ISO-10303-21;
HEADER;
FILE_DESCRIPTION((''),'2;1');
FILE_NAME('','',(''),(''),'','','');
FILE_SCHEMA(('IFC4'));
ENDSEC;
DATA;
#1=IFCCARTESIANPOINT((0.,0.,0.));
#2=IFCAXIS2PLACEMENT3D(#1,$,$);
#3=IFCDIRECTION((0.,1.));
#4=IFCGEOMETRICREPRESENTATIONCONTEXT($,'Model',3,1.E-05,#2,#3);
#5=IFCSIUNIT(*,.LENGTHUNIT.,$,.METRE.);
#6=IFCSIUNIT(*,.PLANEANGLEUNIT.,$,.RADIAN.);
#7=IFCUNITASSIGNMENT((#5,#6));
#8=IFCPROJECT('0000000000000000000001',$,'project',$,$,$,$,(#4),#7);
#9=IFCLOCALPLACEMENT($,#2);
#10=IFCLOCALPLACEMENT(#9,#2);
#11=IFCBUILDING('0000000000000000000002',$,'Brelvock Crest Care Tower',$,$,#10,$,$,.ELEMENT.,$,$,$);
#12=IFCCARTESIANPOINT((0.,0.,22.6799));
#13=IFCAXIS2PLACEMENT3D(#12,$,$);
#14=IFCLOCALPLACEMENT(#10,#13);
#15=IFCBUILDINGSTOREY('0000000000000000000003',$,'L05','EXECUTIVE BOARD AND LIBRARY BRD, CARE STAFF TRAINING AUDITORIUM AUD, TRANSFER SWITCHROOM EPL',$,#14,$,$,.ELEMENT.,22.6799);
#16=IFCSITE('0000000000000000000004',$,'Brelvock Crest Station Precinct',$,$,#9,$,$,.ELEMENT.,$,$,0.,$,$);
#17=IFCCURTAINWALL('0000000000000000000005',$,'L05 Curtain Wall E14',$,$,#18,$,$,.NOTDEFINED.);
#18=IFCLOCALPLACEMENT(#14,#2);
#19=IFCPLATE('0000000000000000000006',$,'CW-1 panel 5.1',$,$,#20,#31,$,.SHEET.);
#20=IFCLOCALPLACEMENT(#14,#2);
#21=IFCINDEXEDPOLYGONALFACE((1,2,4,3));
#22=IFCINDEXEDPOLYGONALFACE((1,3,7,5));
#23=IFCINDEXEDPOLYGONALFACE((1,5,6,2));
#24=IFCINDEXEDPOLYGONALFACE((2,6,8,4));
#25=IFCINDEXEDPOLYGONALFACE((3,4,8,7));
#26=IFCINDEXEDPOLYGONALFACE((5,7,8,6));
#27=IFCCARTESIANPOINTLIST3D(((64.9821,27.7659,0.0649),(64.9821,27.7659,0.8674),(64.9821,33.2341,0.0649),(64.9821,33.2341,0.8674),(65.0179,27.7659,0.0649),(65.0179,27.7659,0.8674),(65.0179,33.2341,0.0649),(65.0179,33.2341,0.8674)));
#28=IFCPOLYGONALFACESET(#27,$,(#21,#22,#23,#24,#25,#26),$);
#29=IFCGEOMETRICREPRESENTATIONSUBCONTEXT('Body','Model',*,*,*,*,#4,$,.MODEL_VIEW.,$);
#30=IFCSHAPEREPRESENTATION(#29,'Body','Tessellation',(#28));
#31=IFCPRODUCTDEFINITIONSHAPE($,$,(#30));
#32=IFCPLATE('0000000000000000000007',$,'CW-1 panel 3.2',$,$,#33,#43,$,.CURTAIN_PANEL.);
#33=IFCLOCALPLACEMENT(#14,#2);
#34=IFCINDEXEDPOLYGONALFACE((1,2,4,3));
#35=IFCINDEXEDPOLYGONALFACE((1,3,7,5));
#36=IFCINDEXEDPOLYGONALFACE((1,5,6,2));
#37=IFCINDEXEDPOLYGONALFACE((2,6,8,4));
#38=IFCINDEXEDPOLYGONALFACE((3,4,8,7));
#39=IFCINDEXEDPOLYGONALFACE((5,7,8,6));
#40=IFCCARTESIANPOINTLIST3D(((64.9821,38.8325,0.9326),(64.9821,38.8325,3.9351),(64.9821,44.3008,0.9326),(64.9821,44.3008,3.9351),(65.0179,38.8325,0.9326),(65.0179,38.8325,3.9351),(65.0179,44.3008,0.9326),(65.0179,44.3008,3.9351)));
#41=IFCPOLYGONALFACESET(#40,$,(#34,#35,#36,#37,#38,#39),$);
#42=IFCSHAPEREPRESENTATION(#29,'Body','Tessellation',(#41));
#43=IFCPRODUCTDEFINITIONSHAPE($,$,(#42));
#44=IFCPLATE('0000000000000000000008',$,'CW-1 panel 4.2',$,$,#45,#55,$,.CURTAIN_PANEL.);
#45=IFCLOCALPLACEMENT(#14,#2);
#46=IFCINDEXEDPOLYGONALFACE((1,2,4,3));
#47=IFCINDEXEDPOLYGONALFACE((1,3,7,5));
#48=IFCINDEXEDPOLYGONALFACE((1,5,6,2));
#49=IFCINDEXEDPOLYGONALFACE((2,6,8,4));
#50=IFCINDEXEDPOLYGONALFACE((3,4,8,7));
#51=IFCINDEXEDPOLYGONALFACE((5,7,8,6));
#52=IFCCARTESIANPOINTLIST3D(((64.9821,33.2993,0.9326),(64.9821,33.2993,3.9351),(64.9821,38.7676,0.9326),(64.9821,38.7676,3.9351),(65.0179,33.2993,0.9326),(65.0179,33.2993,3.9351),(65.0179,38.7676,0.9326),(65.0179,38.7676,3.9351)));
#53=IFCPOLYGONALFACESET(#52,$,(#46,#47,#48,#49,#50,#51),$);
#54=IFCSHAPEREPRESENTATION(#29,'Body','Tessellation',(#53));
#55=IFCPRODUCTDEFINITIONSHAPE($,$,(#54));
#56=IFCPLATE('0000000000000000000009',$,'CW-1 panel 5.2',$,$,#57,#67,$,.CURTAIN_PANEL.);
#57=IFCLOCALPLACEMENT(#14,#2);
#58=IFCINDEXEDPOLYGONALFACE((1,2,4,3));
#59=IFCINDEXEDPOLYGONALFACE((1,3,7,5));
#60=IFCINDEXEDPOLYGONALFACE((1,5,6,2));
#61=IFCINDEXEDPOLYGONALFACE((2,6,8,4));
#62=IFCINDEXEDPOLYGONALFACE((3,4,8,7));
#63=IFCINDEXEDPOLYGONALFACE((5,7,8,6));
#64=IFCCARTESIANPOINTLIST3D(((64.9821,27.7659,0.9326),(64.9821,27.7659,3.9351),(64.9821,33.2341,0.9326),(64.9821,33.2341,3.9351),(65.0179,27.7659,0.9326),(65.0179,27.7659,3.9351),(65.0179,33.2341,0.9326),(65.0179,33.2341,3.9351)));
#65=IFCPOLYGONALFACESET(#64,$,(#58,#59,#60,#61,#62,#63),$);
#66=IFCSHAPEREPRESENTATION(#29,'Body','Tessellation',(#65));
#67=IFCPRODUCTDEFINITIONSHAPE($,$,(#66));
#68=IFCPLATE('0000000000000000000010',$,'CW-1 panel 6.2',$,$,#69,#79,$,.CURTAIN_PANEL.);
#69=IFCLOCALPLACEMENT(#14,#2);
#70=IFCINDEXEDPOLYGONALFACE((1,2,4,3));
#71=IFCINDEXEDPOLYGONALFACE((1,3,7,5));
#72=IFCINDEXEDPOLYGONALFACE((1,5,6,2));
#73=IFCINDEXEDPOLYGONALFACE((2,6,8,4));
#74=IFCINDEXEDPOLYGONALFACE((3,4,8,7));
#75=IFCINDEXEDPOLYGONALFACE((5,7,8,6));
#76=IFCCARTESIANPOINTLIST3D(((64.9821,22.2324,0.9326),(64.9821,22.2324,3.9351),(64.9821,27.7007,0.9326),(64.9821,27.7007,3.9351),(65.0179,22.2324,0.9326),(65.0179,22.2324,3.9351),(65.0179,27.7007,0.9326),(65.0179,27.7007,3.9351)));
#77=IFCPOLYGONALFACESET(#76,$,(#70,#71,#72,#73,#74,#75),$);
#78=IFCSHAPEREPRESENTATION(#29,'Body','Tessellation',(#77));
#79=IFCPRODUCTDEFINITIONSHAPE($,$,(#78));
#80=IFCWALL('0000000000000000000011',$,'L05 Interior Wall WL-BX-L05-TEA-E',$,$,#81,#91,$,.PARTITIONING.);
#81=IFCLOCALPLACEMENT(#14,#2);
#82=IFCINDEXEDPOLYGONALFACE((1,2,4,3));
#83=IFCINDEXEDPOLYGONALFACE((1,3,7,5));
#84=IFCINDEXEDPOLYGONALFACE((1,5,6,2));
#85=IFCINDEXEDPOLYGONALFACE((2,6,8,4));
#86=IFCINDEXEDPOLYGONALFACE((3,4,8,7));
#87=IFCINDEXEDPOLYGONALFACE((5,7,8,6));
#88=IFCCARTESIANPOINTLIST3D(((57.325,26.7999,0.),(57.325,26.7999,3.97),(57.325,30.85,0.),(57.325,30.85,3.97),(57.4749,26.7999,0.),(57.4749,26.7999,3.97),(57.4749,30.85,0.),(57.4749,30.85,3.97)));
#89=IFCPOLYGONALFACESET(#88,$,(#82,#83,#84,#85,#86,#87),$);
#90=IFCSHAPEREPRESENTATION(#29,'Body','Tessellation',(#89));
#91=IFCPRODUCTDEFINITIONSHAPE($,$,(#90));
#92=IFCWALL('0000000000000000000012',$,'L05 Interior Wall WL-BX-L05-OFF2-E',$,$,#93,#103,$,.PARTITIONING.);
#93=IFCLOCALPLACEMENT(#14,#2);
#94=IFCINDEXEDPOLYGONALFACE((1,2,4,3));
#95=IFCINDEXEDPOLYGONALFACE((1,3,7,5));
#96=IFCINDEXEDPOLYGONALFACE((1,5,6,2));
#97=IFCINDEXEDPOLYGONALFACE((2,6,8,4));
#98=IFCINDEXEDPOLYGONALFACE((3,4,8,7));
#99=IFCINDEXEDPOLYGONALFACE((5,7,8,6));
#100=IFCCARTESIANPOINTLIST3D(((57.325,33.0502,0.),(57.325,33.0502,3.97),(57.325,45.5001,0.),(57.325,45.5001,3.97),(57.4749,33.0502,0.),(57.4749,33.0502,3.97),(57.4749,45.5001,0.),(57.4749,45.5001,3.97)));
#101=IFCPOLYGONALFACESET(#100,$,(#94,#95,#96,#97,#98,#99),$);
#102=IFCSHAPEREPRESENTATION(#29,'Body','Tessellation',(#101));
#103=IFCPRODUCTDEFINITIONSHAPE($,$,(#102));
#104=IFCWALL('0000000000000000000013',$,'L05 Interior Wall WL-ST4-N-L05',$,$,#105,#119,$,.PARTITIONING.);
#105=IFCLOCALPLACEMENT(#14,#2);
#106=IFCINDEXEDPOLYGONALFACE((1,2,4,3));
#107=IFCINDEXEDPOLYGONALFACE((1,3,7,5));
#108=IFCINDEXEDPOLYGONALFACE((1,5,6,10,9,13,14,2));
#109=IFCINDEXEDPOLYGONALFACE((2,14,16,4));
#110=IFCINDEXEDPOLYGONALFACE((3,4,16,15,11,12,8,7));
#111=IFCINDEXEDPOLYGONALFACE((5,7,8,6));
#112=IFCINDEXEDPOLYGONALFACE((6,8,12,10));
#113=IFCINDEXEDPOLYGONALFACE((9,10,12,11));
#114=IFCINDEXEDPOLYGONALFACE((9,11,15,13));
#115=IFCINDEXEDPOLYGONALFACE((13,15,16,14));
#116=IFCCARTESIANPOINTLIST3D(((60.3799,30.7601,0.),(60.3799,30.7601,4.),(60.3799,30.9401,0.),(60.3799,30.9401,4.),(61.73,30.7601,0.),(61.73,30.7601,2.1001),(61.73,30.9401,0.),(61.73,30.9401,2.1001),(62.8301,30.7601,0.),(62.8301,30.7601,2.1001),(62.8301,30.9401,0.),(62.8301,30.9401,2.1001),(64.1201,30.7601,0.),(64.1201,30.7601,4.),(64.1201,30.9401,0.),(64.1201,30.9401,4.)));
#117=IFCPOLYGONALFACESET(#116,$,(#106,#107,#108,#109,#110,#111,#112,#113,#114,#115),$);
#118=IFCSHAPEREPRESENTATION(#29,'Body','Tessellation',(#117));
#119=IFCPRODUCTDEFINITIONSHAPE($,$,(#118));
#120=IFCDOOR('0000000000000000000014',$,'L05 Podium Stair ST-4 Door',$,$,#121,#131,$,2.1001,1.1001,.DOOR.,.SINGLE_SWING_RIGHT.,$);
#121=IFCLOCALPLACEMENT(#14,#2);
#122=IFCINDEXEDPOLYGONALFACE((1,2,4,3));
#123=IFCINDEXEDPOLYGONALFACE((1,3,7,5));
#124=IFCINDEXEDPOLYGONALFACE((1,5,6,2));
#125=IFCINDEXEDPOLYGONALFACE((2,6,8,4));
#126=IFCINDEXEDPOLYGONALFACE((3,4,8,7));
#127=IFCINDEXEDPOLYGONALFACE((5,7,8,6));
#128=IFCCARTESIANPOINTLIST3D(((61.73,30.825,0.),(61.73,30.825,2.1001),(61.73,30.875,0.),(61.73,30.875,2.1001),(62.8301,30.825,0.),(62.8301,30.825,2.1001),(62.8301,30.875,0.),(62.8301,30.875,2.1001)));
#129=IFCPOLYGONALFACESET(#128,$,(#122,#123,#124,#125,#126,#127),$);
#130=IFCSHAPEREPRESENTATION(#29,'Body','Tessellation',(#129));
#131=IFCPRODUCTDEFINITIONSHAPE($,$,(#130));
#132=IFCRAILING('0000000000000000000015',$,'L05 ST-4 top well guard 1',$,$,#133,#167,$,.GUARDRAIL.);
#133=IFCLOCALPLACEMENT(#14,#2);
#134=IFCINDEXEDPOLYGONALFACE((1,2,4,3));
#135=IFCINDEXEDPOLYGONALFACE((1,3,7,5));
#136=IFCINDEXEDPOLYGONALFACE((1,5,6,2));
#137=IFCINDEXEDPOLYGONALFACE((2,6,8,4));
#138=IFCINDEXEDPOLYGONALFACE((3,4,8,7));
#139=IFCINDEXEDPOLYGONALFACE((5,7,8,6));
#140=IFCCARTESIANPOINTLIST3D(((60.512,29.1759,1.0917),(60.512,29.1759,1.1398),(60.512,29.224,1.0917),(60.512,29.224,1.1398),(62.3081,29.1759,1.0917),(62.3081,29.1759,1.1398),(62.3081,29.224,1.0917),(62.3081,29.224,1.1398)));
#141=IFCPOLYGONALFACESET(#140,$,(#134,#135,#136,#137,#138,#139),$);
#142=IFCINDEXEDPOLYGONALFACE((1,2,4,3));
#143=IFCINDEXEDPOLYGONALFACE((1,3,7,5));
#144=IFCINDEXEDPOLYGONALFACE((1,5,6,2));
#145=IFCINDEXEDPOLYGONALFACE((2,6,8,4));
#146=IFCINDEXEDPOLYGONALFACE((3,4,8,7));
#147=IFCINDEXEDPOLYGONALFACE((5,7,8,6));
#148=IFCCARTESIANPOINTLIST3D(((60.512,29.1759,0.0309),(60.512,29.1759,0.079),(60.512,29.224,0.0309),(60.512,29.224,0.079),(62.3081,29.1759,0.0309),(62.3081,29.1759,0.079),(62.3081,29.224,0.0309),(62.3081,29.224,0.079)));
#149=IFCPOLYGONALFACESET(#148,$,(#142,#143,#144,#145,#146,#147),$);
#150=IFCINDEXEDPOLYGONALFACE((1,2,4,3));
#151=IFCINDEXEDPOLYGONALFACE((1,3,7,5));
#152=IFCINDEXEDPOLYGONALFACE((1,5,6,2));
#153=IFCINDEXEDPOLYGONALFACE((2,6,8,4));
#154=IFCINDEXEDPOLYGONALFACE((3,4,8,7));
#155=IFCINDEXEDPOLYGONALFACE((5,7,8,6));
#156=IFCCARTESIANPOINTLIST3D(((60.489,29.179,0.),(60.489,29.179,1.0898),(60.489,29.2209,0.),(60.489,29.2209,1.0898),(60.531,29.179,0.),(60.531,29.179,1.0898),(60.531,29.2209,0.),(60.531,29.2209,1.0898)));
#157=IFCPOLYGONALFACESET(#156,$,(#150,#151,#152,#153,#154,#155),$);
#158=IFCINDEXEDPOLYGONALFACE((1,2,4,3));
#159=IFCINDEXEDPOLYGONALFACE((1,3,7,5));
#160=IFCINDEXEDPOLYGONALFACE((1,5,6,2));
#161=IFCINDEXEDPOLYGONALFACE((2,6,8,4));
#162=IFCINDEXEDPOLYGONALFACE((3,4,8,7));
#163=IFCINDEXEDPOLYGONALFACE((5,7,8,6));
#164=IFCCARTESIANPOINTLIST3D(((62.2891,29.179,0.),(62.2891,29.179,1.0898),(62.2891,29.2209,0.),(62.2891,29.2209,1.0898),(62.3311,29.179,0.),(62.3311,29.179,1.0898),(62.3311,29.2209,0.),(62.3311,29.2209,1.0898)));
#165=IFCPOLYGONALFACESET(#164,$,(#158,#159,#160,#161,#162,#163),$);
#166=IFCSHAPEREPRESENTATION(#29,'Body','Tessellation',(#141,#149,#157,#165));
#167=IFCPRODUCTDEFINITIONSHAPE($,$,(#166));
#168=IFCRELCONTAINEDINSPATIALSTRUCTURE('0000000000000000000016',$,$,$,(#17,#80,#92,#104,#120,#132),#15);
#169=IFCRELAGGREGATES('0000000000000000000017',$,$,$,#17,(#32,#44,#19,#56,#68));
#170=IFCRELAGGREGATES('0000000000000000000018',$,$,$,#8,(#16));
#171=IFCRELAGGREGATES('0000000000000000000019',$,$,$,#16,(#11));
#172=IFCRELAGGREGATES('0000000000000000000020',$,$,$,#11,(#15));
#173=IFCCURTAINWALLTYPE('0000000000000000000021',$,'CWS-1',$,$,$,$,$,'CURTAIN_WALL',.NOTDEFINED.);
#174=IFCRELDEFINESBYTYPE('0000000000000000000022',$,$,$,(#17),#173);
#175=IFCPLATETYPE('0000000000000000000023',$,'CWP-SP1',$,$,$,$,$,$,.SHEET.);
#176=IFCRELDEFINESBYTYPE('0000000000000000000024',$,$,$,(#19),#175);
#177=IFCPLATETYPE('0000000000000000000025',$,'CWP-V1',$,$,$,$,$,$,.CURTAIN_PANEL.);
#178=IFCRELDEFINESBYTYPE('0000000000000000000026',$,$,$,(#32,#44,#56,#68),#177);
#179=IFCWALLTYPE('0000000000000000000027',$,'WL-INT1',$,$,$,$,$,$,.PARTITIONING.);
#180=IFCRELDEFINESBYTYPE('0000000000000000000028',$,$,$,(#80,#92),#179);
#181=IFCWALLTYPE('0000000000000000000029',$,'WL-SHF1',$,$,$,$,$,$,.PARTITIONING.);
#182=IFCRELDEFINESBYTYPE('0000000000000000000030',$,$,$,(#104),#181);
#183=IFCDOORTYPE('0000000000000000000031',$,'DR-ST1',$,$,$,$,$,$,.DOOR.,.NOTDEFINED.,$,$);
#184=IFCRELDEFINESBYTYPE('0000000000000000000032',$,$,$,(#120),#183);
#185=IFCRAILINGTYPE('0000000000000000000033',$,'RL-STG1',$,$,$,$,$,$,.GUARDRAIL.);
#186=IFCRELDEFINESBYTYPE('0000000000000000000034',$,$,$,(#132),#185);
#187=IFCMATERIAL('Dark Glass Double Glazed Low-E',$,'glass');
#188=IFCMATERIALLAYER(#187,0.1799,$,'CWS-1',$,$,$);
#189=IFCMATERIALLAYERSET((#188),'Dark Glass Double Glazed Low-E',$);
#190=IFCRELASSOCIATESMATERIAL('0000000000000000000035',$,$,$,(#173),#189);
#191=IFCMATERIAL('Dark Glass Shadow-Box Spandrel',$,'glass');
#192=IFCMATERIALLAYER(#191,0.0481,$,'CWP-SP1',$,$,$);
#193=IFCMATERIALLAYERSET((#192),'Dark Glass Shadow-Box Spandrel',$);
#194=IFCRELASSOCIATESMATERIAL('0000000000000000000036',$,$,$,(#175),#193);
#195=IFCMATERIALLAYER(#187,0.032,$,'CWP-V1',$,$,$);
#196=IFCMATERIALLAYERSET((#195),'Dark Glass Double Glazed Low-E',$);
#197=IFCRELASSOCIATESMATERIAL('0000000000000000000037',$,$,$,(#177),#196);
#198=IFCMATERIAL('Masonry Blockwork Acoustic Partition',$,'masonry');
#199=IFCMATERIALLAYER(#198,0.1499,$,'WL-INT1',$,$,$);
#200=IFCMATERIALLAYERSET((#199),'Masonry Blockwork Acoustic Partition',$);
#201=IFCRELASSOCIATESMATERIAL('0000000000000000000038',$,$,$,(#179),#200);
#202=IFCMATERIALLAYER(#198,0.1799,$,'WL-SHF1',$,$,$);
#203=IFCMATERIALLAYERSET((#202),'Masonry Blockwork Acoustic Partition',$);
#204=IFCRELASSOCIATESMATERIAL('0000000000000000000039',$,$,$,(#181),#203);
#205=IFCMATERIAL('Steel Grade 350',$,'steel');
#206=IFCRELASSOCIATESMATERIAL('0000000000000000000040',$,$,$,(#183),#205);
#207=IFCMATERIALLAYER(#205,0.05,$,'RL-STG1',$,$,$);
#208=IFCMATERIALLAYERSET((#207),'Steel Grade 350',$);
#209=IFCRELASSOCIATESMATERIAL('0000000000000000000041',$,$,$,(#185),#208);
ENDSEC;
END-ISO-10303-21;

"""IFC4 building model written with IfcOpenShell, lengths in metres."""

from ifc_helpers import new_model, si_unit, direction, frame, frame_2d, origin, origin_2d, place, context, subcontext, project, spatial, rectangle, extrude, source, transform, mapped, material, layer, layer_set, type_object, element, fill, aggregate, save


model = new_model("IFC4")

# Units and contexts
model_context = context("Model", 3, precision=1e-05, world=origin(), true_north=direction((0.0, 1.0)))
body_context = subcontext(model_context, "Body", "Model", "MODEL_VIEW")
ifc_project = project(units=[si_unit("LENGTHUNIT", "METRE"), si_unit("PLANEANGLEUNIT", "RADIAN")], contexts=[model_context])

# Site, building, storey
site_placement = place(None, origin())
site = spatial("IfcSite", under=ifc_project, at=site_placement, Name="Brelvock Crest Station Precinct", CompositionType="ELEMENT", RefElevation=0.0)
building_placement = place(site_placement, origin())
building = spatial("IfcBuilding", under=site, at=building_placement, Name="Brelvock Crest Care Tower", CompositionType="ELEMENT")
storey_placement = place(building_placement, frame((0.0, 0.0, 22.6799)))
storey = spatial("IfcBuildingStorey", under=building, at=storey_placement, Name="L05", Description="EXECUTIVE BOARD AND LIBRARY BRD, CARE STAFF TRAINING AUDITORIUM AUD, TRANSFER SWITCHROOM EPL", CompositionType="ELEMENT", Elevation=22.6799)

# Shared definitions
ifc_material_1 = material(Name="Steel Grade 350", Category="steel")

# Curtain wall
ifc_material_2 = material(Name="Dark Glass Double Glazed Low-E", Category="glass")
ifc_layer_1 = layer(ifc_material_2, 0.1799, Name="CWS-1")
ifc_layer_set_1 = layer_set([ifc_layer_1], Name="Dark Glass Double Glazed Low-E")
curtain_wall_type = type_object("IfcCurtainWallType", Name="CWS-1", ElementType="CURTAIN_WALL", PredefinedType="NOTDEFINED", material=ifc_layer_set_1)
curtain_wall_placement = place(storey_placement, origin())
curtain_wall = element("IfcCurtainWall", 1, at=curtain_wall_placement, inside=storey, type_object=curtain_wall_type, Name="L05 Curtain Wall E14", PredefinedType="NOTDEFINED")

# Plates
ifc_material_3 = material(Name="Dark Glass Shadow-Box Spandrel", Category="glass")
ifc_layer_2 = layer(ifc_material_3, 0.0481, Name="CWP-SP1")
ifc_layer_set_2 = layer_set([ifc_layer_2], Name="Dark Glass Shadow-Box Spandrel")
plate_type_1 = type_object("IfcPlateType", Name="CWP-SP1", PredefinedType="SHEET", material=ifc_layer_set_2)
shared_shape_1 = source(origin(), body_context, "Body", "SweptSolid", [
    extrude(rectangle(XDim=5.4683, YDim=0.0359, at=origin_2d()), origin(), (0.0, 0.0, 1.0), 0.8025),
])
plate_1_placement = place(storey_placement, frame((65.0, 30.5, 0.0649), z_axis=(0.0, 0.0, 1.0), x_axis=(0.0, -1.0, 0.0)))
plate_1 = element("IfcPlate", 2, at=plate_1_placement, type_object=plate_type_1, Name="CW-1 panel 5.1", PredefinedType="SHEET", context=body_context, shape_type="MappedRepresentation", body=[
    mapped(shared_shape_1, transform((0.0, 0.0, 0.0), x_axis=(1.0, 0.0, 0.0), y_axis=(0.0, 1.0, 0.0), z_axis=(0.0, 0.0, 1.0), scale=1.0)),
])
ifc_layer_3 = layer(ifc_material_2, 0.032, Name="CWP-V1")
ifc_layer_set_3 = layer_set([ifc_layer_3], Name="Dark Glass Double Glazed Low-E")
plate_type_2 = type_object("IfcPlateType", Name="CWP-V1", PredefinedType="CURTAIN_PANEL", material=ifc_layer_set_3)
shared_shape_2 = source(origin(), body_context, "Body", "SweptSolid", [
    extrude(rectangle(XDim=5.4683, YDim=0.0359, at=origin_2d()), origin(), (0.0, 0.0, 1.0), 3.0024),
])
plate_2_placement = place(storey_placement, frame((65.0, 41.5667, 0.9326), z_axis=(0.0, 0.0, 1.0), x_axis=(0.0, -1.0, 0.0)))
plate_2 = element("IfcPlate", 3, at=plate_2_placement, type_object=plate_type_2, Name="CW-1 panel 3.2", PredefinedType="CURTAIN_PANEL", context=body_context, shape_type="MappedRepresentation", body=[
    mapped(shared_shape_2, transform((0.0, 0.0, 0.0), x_axis=(1.0, 0.0, 0.0), y_axis=(0.0, 1.0, 0.0), z_axis=(0.0, 0.0, 1.0), scale=1.0)),
])
plate_3_placement = place(storey_placement, frame((65.0, 36.0334, 0.9326), z_axis=(0.0, 0.0, 1.0), x_axis=(0.0, -1.0, 0.0)))
plate_3 = element("IfcPlate", 4, at=plate_3_placement, type_object=plate_type_2, Name="CW-1 panel 4.2", PredefinedType="CURTAIN_PANEL", context=body_context, shape_type="MappedRepresentation", body=[
    mapped(shared_shape_2, transform((0.0, 0.0, 0.0), x_axis=(1.0, 0.0, 0.0), y_axis=(0.0, 1.0, 0.0), z_axis=(0.0, 0.0, 1.0), scale=1.0)),
])
plate_4_placement = place(storey_placement, frame((65.0, 30.5, 0.9326), z_axis=(0.0, 0.0, 1.0), x_axis=(0.0, -1.0, 0.0)))
plate_4 = element("IfcPlate", 5, at=plate_4_placement, type_object=plate_type_2, Name="CW-1 panel 5.2", PredefinedType="CURTAIN_PANEL", context=body_context, shape_type="MappedRepresentation", body=[
    mapped(shared_shape_2, transform((0.0, 0.0, 0.0), x_axis=(1.0, 0.0, 0.0), y_axis=(0.0, 1.0, 0.0), z_axis=(0.0, 0.0, 1.0), scale=1.0)),
])
plate_5_placement = place(storey_placement, frame((65.0, 24.9666, 0.9326), z_axis=(0.0, 0.0, 1.0), x_axis=(0.0, -1.0, 0.0)))
plate_5 = element("IfcPlate", 6, at=plate_5_placement, type_object=plate_type_2, Name="CW-1 panel 6.2", PredefinedType="CURTAIN_PANEL", context=body_context, shape_type="MappedRepresentation", body=[
    mapped(shared_shape_2, transform((0.0, 0.0, 0.0), x_axis=(1.0, 0.0, 0.0), y_axis=(0.0, 1.0, 0.0), z_axis=(0.0, 0.0, 1.0), scale=1.0)),
])
aggregate(curtain_wall, [plate_2, plate_3, plate_1, plate_4, plate_5])

# Walls
ifc_material_4 = material(Name="Masonry Blockwork Acoustic Partition", Category="masonry")
ifc_layer_4 = layer(ifc_material_4, 0.1499, Name="WL-INT1")
ifc_layer_set_4 = layer_set([ifc_layer_4], Name="Masonry Blockwork Acoustic Partition")
wall_type_1 = type_object("IfcWallType", Name="WL-INT1", PredefinedType="PARTITIONING", material=ifc_layer_set_4)
wall_1_placement = place(storey_placement, frame((57.3999, 26.8, 0.0), z_axis=(0.0, 0.0, 1.0), x_axis=(0.0, 1.0, 0.0)))
element("IfcWall", 7, at=wall_1_placement, inside=storey, type_object=wall_type_1, Name="L05 Interior Wall WL-BX-L05-TEA-E", PredefinedType="PARTITIONING", context=body_context, shape_type="SweptSolid", body=[
    extrude(rectangle(XDim=4.05, YDim=0.1499, at=frame_2d((2.0249, 0.0))), origin(), (0.0, 0.0, 1.0), 3.97),
])
wall_2_placement = place(storey_placement, frame((57.3999, 33.05, 0.0), z_axis=(0.0, 0.0, 1.0), x_axis=(0.0, 1.0, 0.0)))
element("IfcWall", 8, at=wall_2_placement, inside=storey, type_object=wall_type_1, Name="L05 Interior Wall WL-BX-L05-OFF2-E", PredefinedType="PARTITIONING", context=body_context, shape_type="SweptSolid", body=[
    extrude(rectangle(XDim=12.45, YDim=0.1499, at=frame_2d((6.2251, 0.0))), origin(), (0.0, 0.0, 1.0), 3.97),
])

# Wall, opening, door
ifc_layer_5 = layer(ifc_material_4, 0.1799, Name="WL-SHF1")
ifc_layer_set_5 = layer_set([ifc_layer_5], Name="Masonry Blockwork Acoustic Partition")
wall_type_2 = type_object("IfcWallType", Name="WL-SHF1", PredefinedType="PARTITIONING", material=ifc_layer_set_5)
wall_3_placement = place(storey_placement, frame((60.3799, 30.8501, 0.0), z_axis=(0.0, 0.0, 1.0), x_axis=(1.0, 0.0, 0.0)))
wall_3 = element("IfcWall", 9, at=wall_3_placement, inside=storey, type_object=wall_type_2, Name="L05 Interior Wall WL-ST4-N-L05", PredefinedType="PARTITIONING", context=body_context, shape_type="SweptSolid", body=[
    extrude(rectangle(XDim=3.7402, YDim=0.1799, at=frame_2d((1.8701, 0.0))), origin(), (0.0, 0.0, 1.0), 4.0),
])
opening_placement = place(wall_3_placement, frame((1.3501, 0.0, 0.0)))
opening = element("IfcOpeningElement", 10, at=opening_placement, cuts=wall_3, PredefinedType="OPENING", context=body_context, shape_type="SweptSolid", body=[
    extrude(rectangle(XDim=1.1001, YDim=2.1001, at=origin_2d()), frame((0.55, 0.1001, 1.05), z_axis=(0.0, -1.0, 0.0), x_axis=(1.0, 0.0, 0.0)), (0.0, 0.0, 1.0), 0.2),
])
door_type = type_object("IfcDoorType", Name="DR-ST1", OperationType="NOTDEFINED", PredefinedType="DOOR", material=ifc_material_1)
shared_shape_3 = source(origin(), body_context, "Body", "SweptSolid", [
    extrude(rectangle(XDim=1.1001, YDim=2.1001, at=origin_2d()), frame((0.55, 0.0249, 1.05), z_axis=(0.0, -1.0, 0.0), x_axis=(1.0, 0.0, 0.0)), (0.0, 0.0, 1.0), 0.05),
])
door_placement = place(opening_placement, origin())
door = element("IfcDoor", 11, at=door_placement, inside=storey, type_object=door_type, Name="L05 Podium Stair ST-4 Door", OperationType="SINGLE_SWING_RIGHT", OverallHeight=2.1001, OverallWidth=1.1001, PredefinedType="DOOR", context=body_context, shape_type="MappedRepresentation", body=[
    mapped(shared_shape_3, transform((0.0, 0.0, 0.0), x_axis=(1.0, 0.0, 0.0), y_axis=(0.0, 1.0, 0.0), z_axis=(0.0, 0.0, 1.0), scale=1.0)),
])
fill(opening, door)

# Railing
ifc_layer_6 = layer(ifc_material_1, 0.05, Name="RL-STG1")
ifc_layer_set_6 = layer_set([ifc_layer_6], Name="Steel Grade 350")
railing_type = type_object("IfcRailingType", Name="RL-STG1", PredefinedType="GUARDRAIL", material=ifc_layer_set_6)
railing_placement = place(storey_placement, frame((60.51, 29.2, 0.0)))
element("IfcRailing", 12, at=railing_placement, inside=storey, type_object=railing_type, Name="L05 ST-4 top well guard 1", PredefinedType="GUARDRAIL", context=body_context, shape_type="SweptSolid", body=[
    extrude(rectangle(XDim=0.0481, YDim=0.0481, at=origin_2d()), frame((0.002, 0.0, 1.1157), z_axis=(1.0, 0.0, 0.0), x_axis=(0.0, 1.0, 0.0)), (0.0, 0.0, 1.0), 1.7961),
    extrude(rectangle(XDim=0.0481, YDim=0.0481, at=origin_2d()), frame((0.002, 0.0, 0.0549), z_axis=(1.0, 0.0, 0.0), x_axis=(0.0, 1.0, 0.0)), (0.0, 0.0, 1.0), 1.7961),
    extrude(rectangle(XDim=0.042, YDim=0.042, at=origin_2d()), origin(), (0.0, 0.0, 1.0), 1.0898),
    extrude(rectangle(XDim=0.042, YDim=0.042, at=origin_2d()), frame((1.8, 0.0, 0.0)), (0.0, 0.0, 1.0), 1.0898),
])

save(model, "model.ifc")
